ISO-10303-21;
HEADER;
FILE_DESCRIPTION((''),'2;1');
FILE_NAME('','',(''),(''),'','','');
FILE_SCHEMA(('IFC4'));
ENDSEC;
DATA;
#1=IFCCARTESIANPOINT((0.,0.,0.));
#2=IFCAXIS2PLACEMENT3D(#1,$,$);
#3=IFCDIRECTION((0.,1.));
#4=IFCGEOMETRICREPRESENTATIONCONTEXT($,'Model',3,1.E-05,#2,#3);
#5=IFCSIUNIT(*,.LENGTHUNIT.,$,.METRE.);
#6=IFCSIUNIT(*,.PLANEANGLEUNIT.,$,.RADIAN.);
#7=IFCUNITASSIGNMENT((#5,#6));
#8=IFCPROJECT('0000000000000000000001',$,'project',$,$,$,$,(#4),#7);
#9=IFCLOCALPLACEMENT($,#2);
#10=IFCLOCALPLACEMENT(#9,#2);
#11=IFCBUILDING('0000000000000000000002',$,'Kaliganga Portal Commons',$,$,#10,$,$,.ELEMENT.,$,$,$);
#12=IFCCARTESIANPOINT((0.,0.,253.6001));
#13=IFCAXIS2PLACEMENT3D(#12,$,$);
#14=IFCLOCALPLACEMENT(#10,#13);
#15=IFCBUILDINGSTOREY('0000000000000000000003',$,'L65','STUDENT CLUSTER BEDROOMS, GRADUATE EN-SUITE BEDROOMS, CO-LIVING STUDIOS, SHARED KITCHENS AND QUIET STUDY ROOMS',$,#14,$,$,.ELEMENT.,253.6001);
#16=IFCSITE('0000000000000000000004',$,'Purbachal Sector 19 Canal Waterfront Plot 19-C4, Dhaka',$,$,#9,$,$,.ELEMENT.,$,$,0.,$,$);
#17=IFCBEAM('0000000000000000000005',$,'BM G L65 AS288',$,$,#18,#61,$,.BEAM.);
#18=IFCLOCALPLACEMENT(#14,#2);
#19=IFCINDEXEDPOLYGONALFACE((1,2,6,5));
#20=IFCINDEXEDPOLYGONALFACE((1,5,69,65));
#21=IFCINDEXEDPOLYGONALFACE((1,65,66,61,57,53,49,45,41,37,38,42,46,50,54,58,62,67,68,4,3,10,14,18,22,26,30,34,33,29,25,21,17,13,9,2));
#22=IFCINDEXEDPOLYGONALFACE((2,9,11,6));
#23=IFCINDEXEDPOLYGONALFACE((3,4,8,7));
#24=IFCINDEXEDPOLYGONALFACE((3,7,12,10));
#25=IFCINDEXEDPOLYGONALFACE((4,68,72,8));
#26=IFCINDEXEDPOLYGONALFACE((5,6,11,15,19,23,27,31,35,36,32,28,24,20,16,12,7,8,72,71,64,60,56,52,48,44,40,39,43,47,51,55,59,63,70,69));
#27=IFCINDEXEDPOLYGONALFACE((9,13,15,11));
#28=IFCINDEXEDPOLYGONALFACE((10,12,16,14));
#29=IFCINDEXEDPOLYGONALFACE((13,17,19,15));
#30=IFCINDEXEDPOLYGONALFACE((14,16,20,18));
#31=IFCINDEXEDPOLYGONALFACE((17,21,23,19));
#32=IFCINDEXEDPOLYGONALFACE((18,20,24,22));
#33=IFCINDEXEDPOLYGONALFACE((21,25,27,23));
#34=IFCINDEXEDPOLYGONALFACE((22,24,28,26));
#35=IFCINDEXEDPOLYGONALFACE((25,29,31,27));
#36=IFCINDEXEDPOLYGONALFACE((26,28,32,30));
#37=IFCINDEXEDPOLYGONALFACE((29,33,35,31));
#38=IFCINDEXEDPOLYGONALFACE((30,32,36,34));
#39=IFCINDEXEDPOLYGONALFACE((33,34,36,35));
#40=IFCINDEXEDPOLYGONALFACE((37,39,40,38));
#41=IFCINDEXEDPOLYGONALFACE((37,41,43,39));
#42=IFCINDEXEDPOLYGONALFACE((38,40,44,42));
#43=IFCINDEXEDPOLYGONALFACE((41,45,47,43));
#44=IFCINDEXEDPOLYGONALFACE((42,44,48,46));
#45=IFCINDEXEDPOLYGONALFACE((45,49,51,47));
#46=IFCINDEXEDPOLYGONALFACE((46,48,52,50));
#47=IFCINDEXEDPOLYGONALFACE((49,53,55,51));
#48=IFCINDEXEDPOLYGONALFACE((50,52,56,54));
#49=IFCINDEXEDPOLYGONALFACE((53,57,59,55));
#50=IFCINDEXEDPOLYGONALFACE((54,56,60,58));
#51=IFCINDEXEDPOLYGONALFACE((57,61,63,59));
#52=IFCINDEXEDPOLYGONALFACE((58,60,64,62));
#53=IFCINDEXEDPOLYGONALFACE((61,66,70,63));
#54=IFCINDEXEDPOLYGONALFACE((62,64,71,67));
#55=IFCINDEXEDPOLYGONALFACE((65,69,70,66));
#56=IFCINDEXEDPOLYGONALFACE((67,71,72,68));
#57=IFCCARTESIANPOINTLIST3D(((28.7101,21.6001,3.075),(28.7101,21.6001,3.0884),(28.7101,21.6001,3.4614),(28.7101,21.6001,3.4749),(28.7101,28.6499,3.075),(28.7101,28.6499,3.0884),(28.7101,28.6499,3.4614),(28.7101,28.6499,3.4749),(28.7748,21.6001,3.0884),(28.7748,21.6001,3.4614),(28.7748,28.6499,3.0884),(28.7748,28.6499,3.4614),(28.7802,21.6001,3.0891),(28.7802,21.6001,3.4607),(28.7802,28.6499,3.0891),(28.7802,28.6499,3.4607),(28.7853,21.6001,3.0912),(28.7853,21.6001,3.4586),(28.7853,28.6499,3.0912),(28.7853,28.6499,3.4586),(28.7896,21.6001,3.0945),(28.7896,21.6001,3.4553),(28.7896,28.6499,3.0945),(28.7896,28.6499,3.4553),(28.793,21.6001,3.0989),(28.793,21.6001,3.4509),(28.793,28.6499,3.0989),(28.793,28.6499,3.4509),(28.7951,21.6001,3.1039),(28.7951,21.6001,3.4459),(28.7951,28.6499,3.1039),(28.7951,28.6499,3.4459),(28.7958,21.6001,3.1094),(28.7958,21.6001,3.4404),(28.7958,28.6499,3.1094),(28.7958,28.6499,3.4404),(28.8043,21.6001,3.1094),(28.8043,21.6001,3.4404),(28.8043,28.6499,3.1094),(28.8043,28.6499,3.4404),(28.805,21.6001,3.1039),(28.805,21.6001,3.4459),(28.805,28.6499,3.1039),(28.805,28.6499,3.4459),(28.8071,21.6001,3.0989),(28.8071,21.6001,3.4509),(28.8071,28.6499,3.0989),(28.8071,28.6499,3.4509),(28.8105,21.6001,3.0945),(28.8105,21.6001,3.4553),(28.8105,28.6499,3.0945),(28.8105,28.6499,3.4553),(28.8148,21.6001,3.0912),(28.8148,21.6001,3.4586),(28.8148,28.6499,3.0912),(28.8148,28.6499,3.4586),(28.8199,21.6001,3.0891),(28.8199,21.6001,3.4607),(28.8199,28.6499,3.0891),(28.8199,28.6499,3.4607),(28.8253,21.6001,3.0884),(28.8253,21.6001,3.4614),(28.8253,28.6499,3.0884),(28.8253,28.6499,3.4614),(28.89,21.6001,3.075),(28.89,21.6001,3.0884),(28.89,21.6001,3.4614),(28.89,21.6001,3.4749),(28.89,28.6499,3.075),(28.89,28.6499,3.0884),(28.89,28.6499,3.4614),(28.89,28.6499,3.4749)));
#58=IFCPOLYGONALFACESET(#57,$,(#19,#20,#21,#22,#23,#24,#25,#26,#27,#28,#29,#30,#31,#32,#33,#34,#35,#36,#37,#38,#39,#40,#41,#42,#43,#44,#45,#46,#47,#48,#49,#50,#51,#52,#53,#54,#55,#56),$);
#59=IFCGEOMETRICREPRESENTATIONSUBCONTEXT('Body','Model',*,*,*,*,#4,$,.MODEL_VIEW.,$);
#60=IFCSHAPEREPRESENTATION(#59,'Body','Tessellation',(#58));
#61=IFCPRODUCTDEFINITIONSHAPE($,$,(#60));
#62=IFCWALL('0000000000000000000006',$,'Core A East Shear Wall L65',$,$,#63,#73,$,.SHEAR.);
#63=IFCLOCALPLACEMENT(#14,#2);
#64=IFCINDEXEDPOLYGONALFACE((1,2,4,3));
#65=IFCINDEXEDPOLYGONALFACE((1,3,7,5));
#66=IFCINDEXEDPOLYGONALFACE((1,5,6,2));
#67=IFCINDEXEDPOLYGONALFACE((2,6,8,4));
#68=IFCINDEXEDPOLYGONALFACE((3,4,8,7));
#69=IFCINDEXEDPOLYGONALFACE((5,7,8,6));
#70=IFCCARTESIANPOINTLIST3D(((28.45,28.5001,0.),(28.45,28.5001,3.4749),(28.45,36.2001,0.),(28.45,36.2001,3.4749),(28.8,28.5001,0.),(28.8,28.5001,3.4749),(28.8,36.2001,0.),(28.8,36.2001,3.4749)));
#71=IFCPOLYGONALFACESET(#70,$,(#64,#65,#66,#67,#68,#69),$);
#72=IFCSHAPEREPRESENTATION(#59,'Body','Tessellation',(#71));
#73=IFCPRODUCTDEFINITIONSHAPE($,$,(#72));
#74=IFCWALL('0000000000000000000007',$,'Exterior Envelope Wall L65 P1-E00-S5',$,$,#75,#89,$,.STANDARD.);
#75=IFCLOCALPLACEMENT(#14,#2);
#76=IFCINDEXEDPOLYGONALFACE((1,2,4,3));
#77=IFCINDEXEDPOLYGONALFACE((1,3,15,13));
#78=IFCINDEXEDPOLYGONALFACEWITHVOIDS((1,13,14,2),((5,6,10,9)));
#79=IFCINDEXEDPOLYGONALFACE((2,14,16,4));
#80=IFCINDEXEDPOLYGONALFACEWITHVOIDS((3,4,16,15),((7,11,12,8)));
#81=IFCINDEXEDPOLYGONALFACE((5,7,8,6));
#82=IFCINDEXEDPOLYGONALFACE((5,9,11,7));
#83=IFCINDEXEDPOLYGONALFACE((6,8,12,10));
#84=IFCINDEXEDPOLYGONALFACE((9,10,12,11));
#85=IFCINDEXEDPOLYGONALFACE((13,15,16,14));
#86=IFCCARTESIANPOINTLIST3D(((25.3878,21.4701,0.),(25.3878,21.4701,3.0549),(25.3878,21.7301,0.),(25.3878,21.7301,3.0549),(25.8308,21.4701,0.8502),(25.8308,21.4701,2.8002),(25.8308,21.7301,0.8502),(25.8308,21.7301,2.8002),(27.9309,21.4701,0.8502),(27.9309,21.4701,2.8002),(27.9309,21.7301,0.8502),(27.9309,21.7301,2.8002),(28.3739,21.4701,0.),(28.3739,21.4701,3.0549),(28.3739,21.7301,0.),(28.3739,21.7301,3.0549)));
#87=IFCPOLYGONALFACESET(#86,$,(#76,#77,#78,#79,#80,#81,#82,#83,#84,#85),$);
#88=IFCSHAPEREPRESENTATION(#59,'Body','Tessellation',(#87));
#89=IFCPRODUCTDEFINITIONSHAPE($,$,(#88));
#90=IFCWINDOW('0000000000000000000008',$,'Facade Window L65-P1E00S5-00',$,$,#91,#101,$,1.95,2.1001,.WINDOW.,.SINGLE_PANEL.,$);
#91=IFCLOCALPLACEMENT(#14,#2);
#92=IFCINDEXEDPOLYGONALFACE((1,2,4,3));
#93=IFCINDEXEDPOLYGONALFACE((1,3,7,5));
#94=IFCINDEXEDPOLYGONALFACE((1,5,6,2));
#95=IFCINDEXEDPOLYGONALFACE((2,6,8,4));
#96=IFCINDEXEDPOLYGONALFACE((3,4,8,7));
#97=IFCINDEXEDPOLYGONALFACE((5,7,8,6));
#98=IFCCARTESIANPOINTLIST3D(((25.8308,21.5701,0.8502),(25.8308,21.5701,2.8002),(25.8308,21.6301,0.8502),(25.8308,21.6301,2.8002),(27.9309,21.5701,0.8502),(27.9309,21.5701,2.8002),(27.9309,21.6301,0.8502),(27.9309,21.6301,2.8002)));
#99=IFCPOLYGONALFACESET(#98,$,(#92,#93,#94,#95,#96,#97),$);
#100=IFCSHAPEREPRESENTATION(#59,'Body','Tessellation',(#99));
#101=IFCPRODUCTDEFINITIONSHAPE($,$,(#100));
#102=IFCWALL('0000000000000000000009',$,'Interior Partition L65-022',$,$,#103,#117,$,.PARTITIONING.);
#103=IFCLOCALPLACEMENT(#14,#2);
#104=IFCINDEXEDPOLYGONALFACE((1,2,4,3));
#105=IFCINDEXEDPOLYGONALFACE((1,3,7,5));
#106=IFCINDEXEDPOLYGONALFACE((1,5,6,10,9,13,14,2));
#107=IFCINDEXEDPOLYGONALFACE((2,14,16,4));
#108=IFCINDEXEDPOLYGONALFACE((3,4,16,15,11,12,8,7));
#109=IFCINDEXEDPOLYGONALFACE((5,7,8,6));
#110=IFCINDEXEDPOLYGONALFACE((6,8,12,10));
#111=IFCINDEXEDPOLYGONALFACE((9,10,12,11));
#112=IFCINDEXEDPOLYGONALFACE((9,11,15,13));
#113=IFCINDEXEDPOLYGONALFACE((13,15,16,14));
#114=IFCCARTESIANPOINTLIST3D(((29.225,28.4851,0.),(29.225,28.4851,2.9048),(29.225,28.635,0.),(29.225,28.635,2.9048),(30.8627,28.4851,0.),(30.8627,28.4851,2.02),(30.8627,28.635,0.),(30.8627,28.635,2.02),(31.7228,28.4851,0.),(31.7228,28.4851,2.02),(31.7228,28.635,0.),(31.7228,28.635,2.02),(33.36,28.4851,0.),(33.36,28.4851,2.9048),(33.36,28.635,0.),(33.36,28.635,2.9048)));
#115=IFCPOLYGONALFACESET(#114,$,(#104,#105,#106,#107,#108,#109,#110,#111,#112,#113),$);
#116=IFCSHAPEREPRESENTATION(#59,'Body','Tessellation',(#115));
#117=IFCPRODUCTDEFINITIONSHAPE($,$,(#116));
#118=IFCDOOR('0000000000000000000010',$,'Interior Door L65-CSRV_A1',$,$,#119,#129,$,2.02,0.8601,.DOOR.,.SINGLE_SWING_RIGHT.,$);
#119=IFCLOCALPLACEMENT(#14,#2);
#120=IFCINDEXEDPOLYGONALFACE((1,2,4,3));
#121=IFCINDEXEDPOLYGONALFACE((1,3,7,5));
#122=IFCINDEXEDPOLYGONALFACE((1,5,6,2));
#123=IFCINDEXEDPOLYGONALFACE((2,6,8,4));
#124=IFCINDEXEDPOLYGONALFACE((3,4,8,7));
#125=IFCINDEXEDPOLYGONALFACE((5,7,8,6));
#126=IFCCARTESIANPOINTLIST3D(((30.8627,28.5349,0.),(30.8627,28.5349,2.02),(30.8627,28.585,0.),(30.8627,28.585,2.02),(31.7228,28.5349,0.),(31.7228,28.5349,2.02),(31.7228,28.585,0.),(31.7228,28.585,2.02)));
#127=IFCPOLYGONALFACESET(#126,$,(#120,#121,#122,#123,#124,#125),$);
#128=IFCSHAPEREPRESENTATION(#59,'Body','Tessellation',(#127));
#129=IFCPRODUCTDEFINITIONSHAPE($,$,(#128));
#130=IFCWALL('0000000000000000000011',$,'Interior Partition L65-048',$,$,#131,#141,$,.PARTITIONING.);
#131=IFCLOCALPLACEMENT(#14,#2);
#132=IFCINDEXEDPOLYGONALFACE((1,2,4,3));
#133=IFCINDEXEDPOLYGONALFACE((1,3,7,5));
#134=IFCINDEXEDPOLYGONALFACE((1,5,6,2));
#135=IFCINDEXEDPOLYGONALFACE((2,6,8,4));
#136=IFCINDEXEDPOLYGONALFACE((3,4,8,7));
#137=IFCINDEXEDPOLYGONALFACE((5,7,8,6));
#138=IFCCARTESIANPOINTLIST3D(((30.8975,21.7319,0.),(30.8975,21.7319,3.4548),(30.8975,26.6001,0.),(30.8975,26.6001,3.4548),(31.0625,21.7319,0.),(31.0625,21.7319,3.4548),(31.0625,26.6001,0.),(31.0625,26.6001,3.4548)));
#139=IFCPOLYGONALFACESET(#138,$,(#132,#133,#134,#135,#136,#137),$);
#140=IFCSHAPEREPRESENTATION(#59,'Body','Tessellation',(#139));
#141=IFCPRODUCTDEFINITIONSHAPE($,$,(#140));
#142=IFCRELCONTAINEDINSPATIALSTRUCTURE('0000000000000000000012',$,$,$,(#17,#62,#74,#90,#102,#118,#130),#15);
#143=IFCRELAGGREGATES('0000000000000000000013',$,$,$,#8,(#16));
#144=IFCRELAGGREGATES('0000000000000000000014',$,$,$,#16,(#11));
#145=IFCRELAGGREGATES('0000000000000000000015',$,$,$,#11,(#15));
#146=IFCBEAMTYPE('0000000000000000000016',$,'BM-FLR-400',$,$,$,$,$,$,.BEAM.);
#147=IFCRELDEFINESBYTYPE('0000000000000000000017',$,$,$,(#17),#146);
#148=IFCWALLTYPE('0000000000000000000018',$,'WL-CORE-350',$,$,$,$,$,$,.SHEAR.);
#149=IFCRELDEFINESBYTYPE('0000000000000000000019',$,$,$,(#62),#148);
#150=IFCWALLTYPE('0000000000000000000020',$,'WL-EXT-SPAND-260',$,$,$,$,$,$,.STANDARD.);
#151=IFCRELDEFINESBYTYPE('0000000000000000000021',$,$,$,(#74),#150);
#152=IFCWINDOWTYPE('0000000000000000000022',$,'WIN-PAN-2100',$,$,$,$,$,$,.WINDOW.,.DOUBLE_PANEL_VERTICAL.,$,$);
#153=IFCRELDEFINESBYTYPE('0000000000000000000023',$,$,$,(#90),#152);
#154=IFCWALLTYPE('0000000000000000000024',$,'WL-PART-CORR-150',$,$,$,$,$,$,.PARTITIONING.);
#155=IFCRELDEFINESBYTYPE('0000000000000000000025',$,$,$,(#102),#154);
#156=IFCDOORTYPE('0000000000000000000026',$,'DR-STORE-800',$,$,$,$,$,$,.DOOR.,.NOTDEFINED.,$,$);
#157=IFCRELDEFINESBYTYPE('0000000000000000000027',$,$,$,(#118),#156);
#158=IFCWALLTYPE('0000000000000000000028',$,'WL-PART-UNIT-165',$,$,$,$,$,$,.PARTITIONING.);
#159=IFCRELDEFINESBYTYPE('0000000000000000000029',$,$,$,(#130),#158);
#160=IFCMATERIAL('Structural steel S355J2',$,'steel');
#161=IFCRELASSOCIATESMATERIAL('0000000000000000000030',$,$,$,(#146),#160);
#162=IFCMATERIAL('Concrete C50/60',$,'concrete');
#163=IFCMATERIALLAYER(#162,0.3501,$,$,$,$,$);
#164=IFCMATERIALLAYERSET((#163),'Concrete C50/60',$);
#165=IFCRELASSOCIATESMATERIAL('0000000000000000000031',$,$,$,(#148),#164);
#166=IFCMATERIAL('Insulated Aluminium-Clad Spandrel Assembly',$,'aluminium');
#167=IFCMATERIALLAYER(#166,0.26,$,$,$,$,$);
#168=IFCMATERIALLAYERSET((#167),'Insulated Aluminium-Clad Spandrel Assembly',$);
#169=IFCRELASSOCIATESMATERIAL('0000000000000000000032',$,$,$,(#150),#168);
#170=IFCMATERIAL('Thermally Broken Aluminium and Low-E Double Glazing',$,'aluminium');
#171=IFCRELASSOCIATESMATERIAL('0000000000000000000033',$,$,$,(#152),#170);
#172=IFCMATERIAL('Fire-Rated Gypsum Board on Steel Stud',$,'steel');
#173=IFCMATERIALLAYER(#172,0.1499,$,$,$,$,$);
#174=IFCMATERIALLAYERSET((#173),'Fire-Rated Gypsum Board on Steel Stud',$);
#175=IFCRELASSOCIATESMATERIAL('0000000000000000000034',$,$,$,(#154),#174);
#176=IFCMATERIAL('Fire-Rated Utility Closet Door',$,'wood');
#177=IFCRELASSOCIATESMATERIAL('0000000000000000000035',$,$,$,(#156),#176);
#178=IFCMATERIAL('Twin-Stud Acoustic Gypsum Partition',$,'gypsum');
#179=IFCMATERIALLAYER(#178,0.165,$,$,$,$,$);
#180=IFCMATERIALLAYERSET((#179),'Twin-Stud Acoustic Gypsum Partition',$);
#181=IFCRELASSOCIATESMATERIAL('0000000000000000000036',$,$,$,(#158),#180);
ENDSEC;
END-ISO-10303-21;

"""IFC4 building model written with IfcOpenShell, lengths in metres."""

from ifc_helpers import new_model, si_unit, direction, frame, frame_2d, origin, origin_2d, place, context, subcontext, project, spatial, rectangle, i_section, extrude, source, transform, mapped, material, layer, layer_set, material_profile, profile_set, type_object, element, fill, save


model = new_model("IFC4")

# Units and contexts
model_context = context("Model", 3, precision=1e-05, world=origin(), true_north=direction((0.0, 1.0)))
body_context = subcontext(model_context, "Body", "Model", "MODEL_VIEW")
ifc_project = project(units=[si_unit("LENGTHUNIT", "METRE"), si_unit("PLANEANGLEUNIT", "RADIAN")], contexts=[model_context])

# Site, building, storey
site_placement = place(None, origin())
site = spatial("IfcSite", under=ifc_project, at=site_placement, Name="Purbachal Sector 19 Canal Waterfront Plot 19-C4, Dhaka", CompositionType="ELEMENT", RefElevation=0.0)
building_placement = place(site_placement, origin())
building = spatial("IfcBuilding", under=site, at=building_placement, Name="Kaliganga Portal Commons", CompositionType="ELEMENT")
storey_placement = place(building_placement, frame((0.0, 0.0, 253.6001)))
storey = spatial("IfcBuildingStorey", under=building, at=storey_placement, Name="L65", Description="STUDENT CLUSTER BEDROOMS, GRADUATE EN-SUITE BEDROOMS, CO-LIVING STUDIOS, SHARED KITCHENS AND QUIET STUDY ROOMS", CompositionType="ELEMENT", Elevation=253.6001)

# Shared definitions
ifc_material_1 = material(Name="Concrete C50/60", Category="concrete")

# Beam
ifc_material_2 = material(Name="Structural steel S355J2", Category="steel")
ifc_material_profile_1 = material_profile(ifc_material_2, i_section(OverallWidth=0.1799, OverallDepth=0.3999, WebThickness=0.0085, FlangeThickness=0.0134, FilletRadius=0.021, at=origin_2d()), Name="IPE 400")
ifc_profile_set_1 = profile_set([ifc_material_profile_1], Name="Structural steel S355J2 wide-flange")
beam_type_1 = type_object("IfcBeamType", Name="BM-FLR-400", PredefinedType="BEAM", material=ifc_profile_set_1)
shared_shape_1 = source(origin(), body_context, "Body", "SweptSolid", [
    extrude(i_section(OverallWidth=0.1799, OverallDepth=0.3999, WebThickness=0.0085, FlangeThickness=0.0134, FilletRadius=0.021, at=origin_2d()), origin(), (0.0, 0.0, 1.0), 7.0498),
])
beam_1_placement = place(storey_placement, frame((28.8, 21.6001, 3.2749), z_axis=(0.0, 1.0, 0.0), x_axis=(-1.0, 0.0, 0.0)))
element("IfcBeam", 1, at=beam_1_placement, inside=storey, type_object=beam_type_1, Name="BM G L65 AS288", PredefinedType="BEAM", context=body_context, shape_type="MappedRepresentation", body=[
    mapped(shared_shape_1, transform((0.0, 0.0, 0.0), x_axis=(1.0, 0.0, 0.0), y_axis=(0.0, 1.0, 0.0), z_axis=(0.0, 0.0, 1.0), scale=1.0)),
])

# Wall
ifc_layer_1 = layer(ifc_material_1, 0.3501)
ifc_layer_set_1 = layer_set([ifc_layer_1], Name="Concrete C50/60")
wall_type_1 = type_object("IfcWallType", Name="WL-CORE-350", PredefinedType="SHEAR", material=ifc_layer_set_1)
wall_1_placement = place(storey_placement, frame((28.625, 28.5, 0.0), z_axis=(0.0, 0.0, 1.0), x_axis=(0.0, 1.0, 0.0)))
element("IfcWall", 2, at=wall_1_placement, inside=storey, type_object=wall_type_1, Name="Core A East Shear Wall L65", PredefinedType="SHEAR", context=body_context, shape_type="SweptSolid", body=[
    extrude(rectangle(XDim=7.7, YDim=0.3501, at=frame_2d((3.8501, 0.0))), origin(), (0.0, 0.0, 1.0), 3.4749),
])

# Wall, opening, window
ifc_material_3 = material(Name="Insulated Aluminium-Clad Spandrel Assembly", Category="aluminium")
ifc_layer_2 = layer(ifc_material_3, 0.26)
ifc_layer_set_2 = layer_set([ifc_layer_2], Name="Insulated Aluminium-Clad Spandrel Assembly")
wall_type_2 = type_object("IfcWallType", Name="WL-EXT-SPAND-260", PredefinedType="STANDARD", material=ifc_layer_set_2)
wall_2_placement = place(storey_placement, frame((28.374, 21.6001, 0.0), z_axis=(0.0, 0.0, 1.0), x_axis=(-1.0, 0.0, 0.0)))
wall_2 = element("IfcWall", 3, at=wall_2_placement, inside=storey, type_object=wall_type_2, Name="Exterior Envelope Wall L65 P1-E00-S5", PredefinedType="STANDARD", context=body_context, shape_type="SweptSolid", body=[
    extrude(rectangle(XDim=2.9861, YDim=0.26, at=frame_2d((1.4932, 0.0))), origin(), (0.0, 0.0, 1.0), 3.0549),
])
opening_1_placement = place(wall_2_placement, frame((0.4431, 0.0, 0.8501)))
opening_1 = element("IfcOpeningElement", 4, at=opening_1_placement, cuts=wall_2, PredefinedType="OPENING", context=body_context, shape_type="SweptSolid", body=[
    extrude(rectangle(XDim=2.1001, YDim=1.95, at=frame_2d((1.05, 0.9751))), frame((0.0, 0.1401, 0.0), z_axis=(0.0, -1.0, 0.0), x_axis=(1.0, 0.0, 0.0)), (0.0, 0.0, 1.0), 0.28),
])
ifc_material_4 = material(Name="Thermally Broken Aluminium and Low-E Double Glazing", Category="aluminium")
window_type = type_object("IfcWindowType", Name="WIN-PAN-2100", PartitioningType="DOUBLE_PANEL_VERTICAL", PredefinedType="WINDOW", material=ifc_material_4)
window_placement = place(opening_1_placement, origin())
window = element("IfcWindow", 5, at=window_placement, inside=storey, type_object=window_type, Name="Facade Window L65-P1E00S5-00", OverallHeight=1.95, OverallWidth=2.1001, PartitioningType="SINGLE_PANEL", PredefinedType="WINDOW", context=body_context, shape_type="SweptSolid", body=[
    extrude(rectangle(XDim=2.1001, YDim=1.95, at=frame_2d((1.05, 0.9751))), frame((0.0, 0.03, 0.0), z_axis=(0.0, -1.0, 0.0), x_axis=(1.0, 0.0, 0.0)), (0.0, 0.0, 1.0), 0.0601),
])
fill(opening_1, window)

# Wall, opening, door
ifc_material_5 = material(Name="Fire-Rated Gypsum Board on Steel Stud", Category="steel")
ifc_layer_3 = layer(ifc_material_5, 0.1499)
ifc_layer_set_3 = layer_set([ifc_layer_3], Name="Fire-Rated Gypsum Board on Steel Stud")
wall_type_3 = type_object("IfcWallType", Name="WL-PART-CORR-150", PredefinedType="PARTITIONING", material=ifc_layer_set_3)
wall_3_placement = place(storey_placement, frame((29.2251, 28.5601, 0.0), z_axis=(0.0, 0.0, 1.0), x_axis=(1.0, 0.0, 0.0)))
wall_3 = element("IfcWall", 6, at=wall_3_placement, inside=storey, type_object=wall_type_3, Name="Interior Partition L65-022", PredefinedType="PARTITIONING", context=body_context, shape_type="SweptSolid", body=[
    extrude(rectangle(XDim=4.135, YDim=0.1499, at=frame_2d((2.0674, 0.0))), origin(), (0.0, 0.0, 1.0), 2.9048),
])
opening_2_placement = place(wall_3_placement, frame((1.6375, 0.0, 0.0)))
opening_2 = element("IfcOpeningElement", 7, at=opening_2_placement, cuts=wall_3, PredefinedType="OPENING", context=body_context, shape_type="SweptSolid", body=[
    extrude(rectangle(XDim=0.8601, YDim=2.02, at=frame_2d((0.4302, 1.01))), frame((0.0, 0.085, 0.0), z_axis=(0.0, -1.0, 0.0), x_axis=(1.0, 0.0, 0.0)), (0.0, 0.0, 1.0), 0.1699),
])
ifc_material_6 = material(Name="Fire-Rated Utility Closet Door", Category="wood")
door_type = type_object("IfcDoorType", Name="DR-STORE-800", OperationType="NOTDEFINED", PredefinedType="DOOR", material=ifc_material_6)
door_placement = place(opening_2_placement, origin())
door = element("IfcDoor", 8, at=door_placement, inside=storey, type_object=door_type, Name="Interior Door L65-CSRV_A1", OperationType="SINGLE_SWING_RIGHT", OverallHeight=2.02, OverallWidth=0.8601, PredefinedType="DOOR", context=body_context, shape_type="SweptSolid", body=[
    extrude(rectangle(XDim=0.8601, YDim=2.02, at=frame_2d((0.4302, 1.01))), frame((0.0, 0.0249, 0.0), z_axis=(0.0, -1.0, 0.0), x_axis=(1.0, 0.0, 0.0)), (0.0, 0.0, 1.0), 0.05),
])
fill(opening_2, door)

# Wall
ifc_material_7 = material(Name="Twin-Stud Acoustic Gypsum Partition", Category="gypsum")
ifc_layer_4 = layer(ifc_material_7, 0.165)
ifc_layer_set_4 = layer_set([ifc_layer_4], Name="Twin-Stud Acoustic Gypsum Partition")
wall_type_4 = type_object("IfcWallType", Name="WL-PART-UNIT-165", PredefinedType="PARTITIONING", material=ifc_layer_set_4)
wall_4_placement = place(storey_placement, frame((30.98, 21.7319, 0.0), z_axis=(0.0, 0.0, 1.0), x_axis=(0.0, 1.0, 0.0)))
element("IfcWall", 9, at=wall_4_placement, inside=storey, type_object=wall_type_4, Name="Interior Partition L65-048", PredefinedType="PARTITIONING", context=body_context, shape_type="SweptSolid", body=[
    extrude(rectangle(XDim=4.8682, YDim=0.165, at=frame_2d((2.4341, 0.0))), origin(), (0.0, 0.0, 1.0), 3.4548),
])

save(model, "model.ifc")
